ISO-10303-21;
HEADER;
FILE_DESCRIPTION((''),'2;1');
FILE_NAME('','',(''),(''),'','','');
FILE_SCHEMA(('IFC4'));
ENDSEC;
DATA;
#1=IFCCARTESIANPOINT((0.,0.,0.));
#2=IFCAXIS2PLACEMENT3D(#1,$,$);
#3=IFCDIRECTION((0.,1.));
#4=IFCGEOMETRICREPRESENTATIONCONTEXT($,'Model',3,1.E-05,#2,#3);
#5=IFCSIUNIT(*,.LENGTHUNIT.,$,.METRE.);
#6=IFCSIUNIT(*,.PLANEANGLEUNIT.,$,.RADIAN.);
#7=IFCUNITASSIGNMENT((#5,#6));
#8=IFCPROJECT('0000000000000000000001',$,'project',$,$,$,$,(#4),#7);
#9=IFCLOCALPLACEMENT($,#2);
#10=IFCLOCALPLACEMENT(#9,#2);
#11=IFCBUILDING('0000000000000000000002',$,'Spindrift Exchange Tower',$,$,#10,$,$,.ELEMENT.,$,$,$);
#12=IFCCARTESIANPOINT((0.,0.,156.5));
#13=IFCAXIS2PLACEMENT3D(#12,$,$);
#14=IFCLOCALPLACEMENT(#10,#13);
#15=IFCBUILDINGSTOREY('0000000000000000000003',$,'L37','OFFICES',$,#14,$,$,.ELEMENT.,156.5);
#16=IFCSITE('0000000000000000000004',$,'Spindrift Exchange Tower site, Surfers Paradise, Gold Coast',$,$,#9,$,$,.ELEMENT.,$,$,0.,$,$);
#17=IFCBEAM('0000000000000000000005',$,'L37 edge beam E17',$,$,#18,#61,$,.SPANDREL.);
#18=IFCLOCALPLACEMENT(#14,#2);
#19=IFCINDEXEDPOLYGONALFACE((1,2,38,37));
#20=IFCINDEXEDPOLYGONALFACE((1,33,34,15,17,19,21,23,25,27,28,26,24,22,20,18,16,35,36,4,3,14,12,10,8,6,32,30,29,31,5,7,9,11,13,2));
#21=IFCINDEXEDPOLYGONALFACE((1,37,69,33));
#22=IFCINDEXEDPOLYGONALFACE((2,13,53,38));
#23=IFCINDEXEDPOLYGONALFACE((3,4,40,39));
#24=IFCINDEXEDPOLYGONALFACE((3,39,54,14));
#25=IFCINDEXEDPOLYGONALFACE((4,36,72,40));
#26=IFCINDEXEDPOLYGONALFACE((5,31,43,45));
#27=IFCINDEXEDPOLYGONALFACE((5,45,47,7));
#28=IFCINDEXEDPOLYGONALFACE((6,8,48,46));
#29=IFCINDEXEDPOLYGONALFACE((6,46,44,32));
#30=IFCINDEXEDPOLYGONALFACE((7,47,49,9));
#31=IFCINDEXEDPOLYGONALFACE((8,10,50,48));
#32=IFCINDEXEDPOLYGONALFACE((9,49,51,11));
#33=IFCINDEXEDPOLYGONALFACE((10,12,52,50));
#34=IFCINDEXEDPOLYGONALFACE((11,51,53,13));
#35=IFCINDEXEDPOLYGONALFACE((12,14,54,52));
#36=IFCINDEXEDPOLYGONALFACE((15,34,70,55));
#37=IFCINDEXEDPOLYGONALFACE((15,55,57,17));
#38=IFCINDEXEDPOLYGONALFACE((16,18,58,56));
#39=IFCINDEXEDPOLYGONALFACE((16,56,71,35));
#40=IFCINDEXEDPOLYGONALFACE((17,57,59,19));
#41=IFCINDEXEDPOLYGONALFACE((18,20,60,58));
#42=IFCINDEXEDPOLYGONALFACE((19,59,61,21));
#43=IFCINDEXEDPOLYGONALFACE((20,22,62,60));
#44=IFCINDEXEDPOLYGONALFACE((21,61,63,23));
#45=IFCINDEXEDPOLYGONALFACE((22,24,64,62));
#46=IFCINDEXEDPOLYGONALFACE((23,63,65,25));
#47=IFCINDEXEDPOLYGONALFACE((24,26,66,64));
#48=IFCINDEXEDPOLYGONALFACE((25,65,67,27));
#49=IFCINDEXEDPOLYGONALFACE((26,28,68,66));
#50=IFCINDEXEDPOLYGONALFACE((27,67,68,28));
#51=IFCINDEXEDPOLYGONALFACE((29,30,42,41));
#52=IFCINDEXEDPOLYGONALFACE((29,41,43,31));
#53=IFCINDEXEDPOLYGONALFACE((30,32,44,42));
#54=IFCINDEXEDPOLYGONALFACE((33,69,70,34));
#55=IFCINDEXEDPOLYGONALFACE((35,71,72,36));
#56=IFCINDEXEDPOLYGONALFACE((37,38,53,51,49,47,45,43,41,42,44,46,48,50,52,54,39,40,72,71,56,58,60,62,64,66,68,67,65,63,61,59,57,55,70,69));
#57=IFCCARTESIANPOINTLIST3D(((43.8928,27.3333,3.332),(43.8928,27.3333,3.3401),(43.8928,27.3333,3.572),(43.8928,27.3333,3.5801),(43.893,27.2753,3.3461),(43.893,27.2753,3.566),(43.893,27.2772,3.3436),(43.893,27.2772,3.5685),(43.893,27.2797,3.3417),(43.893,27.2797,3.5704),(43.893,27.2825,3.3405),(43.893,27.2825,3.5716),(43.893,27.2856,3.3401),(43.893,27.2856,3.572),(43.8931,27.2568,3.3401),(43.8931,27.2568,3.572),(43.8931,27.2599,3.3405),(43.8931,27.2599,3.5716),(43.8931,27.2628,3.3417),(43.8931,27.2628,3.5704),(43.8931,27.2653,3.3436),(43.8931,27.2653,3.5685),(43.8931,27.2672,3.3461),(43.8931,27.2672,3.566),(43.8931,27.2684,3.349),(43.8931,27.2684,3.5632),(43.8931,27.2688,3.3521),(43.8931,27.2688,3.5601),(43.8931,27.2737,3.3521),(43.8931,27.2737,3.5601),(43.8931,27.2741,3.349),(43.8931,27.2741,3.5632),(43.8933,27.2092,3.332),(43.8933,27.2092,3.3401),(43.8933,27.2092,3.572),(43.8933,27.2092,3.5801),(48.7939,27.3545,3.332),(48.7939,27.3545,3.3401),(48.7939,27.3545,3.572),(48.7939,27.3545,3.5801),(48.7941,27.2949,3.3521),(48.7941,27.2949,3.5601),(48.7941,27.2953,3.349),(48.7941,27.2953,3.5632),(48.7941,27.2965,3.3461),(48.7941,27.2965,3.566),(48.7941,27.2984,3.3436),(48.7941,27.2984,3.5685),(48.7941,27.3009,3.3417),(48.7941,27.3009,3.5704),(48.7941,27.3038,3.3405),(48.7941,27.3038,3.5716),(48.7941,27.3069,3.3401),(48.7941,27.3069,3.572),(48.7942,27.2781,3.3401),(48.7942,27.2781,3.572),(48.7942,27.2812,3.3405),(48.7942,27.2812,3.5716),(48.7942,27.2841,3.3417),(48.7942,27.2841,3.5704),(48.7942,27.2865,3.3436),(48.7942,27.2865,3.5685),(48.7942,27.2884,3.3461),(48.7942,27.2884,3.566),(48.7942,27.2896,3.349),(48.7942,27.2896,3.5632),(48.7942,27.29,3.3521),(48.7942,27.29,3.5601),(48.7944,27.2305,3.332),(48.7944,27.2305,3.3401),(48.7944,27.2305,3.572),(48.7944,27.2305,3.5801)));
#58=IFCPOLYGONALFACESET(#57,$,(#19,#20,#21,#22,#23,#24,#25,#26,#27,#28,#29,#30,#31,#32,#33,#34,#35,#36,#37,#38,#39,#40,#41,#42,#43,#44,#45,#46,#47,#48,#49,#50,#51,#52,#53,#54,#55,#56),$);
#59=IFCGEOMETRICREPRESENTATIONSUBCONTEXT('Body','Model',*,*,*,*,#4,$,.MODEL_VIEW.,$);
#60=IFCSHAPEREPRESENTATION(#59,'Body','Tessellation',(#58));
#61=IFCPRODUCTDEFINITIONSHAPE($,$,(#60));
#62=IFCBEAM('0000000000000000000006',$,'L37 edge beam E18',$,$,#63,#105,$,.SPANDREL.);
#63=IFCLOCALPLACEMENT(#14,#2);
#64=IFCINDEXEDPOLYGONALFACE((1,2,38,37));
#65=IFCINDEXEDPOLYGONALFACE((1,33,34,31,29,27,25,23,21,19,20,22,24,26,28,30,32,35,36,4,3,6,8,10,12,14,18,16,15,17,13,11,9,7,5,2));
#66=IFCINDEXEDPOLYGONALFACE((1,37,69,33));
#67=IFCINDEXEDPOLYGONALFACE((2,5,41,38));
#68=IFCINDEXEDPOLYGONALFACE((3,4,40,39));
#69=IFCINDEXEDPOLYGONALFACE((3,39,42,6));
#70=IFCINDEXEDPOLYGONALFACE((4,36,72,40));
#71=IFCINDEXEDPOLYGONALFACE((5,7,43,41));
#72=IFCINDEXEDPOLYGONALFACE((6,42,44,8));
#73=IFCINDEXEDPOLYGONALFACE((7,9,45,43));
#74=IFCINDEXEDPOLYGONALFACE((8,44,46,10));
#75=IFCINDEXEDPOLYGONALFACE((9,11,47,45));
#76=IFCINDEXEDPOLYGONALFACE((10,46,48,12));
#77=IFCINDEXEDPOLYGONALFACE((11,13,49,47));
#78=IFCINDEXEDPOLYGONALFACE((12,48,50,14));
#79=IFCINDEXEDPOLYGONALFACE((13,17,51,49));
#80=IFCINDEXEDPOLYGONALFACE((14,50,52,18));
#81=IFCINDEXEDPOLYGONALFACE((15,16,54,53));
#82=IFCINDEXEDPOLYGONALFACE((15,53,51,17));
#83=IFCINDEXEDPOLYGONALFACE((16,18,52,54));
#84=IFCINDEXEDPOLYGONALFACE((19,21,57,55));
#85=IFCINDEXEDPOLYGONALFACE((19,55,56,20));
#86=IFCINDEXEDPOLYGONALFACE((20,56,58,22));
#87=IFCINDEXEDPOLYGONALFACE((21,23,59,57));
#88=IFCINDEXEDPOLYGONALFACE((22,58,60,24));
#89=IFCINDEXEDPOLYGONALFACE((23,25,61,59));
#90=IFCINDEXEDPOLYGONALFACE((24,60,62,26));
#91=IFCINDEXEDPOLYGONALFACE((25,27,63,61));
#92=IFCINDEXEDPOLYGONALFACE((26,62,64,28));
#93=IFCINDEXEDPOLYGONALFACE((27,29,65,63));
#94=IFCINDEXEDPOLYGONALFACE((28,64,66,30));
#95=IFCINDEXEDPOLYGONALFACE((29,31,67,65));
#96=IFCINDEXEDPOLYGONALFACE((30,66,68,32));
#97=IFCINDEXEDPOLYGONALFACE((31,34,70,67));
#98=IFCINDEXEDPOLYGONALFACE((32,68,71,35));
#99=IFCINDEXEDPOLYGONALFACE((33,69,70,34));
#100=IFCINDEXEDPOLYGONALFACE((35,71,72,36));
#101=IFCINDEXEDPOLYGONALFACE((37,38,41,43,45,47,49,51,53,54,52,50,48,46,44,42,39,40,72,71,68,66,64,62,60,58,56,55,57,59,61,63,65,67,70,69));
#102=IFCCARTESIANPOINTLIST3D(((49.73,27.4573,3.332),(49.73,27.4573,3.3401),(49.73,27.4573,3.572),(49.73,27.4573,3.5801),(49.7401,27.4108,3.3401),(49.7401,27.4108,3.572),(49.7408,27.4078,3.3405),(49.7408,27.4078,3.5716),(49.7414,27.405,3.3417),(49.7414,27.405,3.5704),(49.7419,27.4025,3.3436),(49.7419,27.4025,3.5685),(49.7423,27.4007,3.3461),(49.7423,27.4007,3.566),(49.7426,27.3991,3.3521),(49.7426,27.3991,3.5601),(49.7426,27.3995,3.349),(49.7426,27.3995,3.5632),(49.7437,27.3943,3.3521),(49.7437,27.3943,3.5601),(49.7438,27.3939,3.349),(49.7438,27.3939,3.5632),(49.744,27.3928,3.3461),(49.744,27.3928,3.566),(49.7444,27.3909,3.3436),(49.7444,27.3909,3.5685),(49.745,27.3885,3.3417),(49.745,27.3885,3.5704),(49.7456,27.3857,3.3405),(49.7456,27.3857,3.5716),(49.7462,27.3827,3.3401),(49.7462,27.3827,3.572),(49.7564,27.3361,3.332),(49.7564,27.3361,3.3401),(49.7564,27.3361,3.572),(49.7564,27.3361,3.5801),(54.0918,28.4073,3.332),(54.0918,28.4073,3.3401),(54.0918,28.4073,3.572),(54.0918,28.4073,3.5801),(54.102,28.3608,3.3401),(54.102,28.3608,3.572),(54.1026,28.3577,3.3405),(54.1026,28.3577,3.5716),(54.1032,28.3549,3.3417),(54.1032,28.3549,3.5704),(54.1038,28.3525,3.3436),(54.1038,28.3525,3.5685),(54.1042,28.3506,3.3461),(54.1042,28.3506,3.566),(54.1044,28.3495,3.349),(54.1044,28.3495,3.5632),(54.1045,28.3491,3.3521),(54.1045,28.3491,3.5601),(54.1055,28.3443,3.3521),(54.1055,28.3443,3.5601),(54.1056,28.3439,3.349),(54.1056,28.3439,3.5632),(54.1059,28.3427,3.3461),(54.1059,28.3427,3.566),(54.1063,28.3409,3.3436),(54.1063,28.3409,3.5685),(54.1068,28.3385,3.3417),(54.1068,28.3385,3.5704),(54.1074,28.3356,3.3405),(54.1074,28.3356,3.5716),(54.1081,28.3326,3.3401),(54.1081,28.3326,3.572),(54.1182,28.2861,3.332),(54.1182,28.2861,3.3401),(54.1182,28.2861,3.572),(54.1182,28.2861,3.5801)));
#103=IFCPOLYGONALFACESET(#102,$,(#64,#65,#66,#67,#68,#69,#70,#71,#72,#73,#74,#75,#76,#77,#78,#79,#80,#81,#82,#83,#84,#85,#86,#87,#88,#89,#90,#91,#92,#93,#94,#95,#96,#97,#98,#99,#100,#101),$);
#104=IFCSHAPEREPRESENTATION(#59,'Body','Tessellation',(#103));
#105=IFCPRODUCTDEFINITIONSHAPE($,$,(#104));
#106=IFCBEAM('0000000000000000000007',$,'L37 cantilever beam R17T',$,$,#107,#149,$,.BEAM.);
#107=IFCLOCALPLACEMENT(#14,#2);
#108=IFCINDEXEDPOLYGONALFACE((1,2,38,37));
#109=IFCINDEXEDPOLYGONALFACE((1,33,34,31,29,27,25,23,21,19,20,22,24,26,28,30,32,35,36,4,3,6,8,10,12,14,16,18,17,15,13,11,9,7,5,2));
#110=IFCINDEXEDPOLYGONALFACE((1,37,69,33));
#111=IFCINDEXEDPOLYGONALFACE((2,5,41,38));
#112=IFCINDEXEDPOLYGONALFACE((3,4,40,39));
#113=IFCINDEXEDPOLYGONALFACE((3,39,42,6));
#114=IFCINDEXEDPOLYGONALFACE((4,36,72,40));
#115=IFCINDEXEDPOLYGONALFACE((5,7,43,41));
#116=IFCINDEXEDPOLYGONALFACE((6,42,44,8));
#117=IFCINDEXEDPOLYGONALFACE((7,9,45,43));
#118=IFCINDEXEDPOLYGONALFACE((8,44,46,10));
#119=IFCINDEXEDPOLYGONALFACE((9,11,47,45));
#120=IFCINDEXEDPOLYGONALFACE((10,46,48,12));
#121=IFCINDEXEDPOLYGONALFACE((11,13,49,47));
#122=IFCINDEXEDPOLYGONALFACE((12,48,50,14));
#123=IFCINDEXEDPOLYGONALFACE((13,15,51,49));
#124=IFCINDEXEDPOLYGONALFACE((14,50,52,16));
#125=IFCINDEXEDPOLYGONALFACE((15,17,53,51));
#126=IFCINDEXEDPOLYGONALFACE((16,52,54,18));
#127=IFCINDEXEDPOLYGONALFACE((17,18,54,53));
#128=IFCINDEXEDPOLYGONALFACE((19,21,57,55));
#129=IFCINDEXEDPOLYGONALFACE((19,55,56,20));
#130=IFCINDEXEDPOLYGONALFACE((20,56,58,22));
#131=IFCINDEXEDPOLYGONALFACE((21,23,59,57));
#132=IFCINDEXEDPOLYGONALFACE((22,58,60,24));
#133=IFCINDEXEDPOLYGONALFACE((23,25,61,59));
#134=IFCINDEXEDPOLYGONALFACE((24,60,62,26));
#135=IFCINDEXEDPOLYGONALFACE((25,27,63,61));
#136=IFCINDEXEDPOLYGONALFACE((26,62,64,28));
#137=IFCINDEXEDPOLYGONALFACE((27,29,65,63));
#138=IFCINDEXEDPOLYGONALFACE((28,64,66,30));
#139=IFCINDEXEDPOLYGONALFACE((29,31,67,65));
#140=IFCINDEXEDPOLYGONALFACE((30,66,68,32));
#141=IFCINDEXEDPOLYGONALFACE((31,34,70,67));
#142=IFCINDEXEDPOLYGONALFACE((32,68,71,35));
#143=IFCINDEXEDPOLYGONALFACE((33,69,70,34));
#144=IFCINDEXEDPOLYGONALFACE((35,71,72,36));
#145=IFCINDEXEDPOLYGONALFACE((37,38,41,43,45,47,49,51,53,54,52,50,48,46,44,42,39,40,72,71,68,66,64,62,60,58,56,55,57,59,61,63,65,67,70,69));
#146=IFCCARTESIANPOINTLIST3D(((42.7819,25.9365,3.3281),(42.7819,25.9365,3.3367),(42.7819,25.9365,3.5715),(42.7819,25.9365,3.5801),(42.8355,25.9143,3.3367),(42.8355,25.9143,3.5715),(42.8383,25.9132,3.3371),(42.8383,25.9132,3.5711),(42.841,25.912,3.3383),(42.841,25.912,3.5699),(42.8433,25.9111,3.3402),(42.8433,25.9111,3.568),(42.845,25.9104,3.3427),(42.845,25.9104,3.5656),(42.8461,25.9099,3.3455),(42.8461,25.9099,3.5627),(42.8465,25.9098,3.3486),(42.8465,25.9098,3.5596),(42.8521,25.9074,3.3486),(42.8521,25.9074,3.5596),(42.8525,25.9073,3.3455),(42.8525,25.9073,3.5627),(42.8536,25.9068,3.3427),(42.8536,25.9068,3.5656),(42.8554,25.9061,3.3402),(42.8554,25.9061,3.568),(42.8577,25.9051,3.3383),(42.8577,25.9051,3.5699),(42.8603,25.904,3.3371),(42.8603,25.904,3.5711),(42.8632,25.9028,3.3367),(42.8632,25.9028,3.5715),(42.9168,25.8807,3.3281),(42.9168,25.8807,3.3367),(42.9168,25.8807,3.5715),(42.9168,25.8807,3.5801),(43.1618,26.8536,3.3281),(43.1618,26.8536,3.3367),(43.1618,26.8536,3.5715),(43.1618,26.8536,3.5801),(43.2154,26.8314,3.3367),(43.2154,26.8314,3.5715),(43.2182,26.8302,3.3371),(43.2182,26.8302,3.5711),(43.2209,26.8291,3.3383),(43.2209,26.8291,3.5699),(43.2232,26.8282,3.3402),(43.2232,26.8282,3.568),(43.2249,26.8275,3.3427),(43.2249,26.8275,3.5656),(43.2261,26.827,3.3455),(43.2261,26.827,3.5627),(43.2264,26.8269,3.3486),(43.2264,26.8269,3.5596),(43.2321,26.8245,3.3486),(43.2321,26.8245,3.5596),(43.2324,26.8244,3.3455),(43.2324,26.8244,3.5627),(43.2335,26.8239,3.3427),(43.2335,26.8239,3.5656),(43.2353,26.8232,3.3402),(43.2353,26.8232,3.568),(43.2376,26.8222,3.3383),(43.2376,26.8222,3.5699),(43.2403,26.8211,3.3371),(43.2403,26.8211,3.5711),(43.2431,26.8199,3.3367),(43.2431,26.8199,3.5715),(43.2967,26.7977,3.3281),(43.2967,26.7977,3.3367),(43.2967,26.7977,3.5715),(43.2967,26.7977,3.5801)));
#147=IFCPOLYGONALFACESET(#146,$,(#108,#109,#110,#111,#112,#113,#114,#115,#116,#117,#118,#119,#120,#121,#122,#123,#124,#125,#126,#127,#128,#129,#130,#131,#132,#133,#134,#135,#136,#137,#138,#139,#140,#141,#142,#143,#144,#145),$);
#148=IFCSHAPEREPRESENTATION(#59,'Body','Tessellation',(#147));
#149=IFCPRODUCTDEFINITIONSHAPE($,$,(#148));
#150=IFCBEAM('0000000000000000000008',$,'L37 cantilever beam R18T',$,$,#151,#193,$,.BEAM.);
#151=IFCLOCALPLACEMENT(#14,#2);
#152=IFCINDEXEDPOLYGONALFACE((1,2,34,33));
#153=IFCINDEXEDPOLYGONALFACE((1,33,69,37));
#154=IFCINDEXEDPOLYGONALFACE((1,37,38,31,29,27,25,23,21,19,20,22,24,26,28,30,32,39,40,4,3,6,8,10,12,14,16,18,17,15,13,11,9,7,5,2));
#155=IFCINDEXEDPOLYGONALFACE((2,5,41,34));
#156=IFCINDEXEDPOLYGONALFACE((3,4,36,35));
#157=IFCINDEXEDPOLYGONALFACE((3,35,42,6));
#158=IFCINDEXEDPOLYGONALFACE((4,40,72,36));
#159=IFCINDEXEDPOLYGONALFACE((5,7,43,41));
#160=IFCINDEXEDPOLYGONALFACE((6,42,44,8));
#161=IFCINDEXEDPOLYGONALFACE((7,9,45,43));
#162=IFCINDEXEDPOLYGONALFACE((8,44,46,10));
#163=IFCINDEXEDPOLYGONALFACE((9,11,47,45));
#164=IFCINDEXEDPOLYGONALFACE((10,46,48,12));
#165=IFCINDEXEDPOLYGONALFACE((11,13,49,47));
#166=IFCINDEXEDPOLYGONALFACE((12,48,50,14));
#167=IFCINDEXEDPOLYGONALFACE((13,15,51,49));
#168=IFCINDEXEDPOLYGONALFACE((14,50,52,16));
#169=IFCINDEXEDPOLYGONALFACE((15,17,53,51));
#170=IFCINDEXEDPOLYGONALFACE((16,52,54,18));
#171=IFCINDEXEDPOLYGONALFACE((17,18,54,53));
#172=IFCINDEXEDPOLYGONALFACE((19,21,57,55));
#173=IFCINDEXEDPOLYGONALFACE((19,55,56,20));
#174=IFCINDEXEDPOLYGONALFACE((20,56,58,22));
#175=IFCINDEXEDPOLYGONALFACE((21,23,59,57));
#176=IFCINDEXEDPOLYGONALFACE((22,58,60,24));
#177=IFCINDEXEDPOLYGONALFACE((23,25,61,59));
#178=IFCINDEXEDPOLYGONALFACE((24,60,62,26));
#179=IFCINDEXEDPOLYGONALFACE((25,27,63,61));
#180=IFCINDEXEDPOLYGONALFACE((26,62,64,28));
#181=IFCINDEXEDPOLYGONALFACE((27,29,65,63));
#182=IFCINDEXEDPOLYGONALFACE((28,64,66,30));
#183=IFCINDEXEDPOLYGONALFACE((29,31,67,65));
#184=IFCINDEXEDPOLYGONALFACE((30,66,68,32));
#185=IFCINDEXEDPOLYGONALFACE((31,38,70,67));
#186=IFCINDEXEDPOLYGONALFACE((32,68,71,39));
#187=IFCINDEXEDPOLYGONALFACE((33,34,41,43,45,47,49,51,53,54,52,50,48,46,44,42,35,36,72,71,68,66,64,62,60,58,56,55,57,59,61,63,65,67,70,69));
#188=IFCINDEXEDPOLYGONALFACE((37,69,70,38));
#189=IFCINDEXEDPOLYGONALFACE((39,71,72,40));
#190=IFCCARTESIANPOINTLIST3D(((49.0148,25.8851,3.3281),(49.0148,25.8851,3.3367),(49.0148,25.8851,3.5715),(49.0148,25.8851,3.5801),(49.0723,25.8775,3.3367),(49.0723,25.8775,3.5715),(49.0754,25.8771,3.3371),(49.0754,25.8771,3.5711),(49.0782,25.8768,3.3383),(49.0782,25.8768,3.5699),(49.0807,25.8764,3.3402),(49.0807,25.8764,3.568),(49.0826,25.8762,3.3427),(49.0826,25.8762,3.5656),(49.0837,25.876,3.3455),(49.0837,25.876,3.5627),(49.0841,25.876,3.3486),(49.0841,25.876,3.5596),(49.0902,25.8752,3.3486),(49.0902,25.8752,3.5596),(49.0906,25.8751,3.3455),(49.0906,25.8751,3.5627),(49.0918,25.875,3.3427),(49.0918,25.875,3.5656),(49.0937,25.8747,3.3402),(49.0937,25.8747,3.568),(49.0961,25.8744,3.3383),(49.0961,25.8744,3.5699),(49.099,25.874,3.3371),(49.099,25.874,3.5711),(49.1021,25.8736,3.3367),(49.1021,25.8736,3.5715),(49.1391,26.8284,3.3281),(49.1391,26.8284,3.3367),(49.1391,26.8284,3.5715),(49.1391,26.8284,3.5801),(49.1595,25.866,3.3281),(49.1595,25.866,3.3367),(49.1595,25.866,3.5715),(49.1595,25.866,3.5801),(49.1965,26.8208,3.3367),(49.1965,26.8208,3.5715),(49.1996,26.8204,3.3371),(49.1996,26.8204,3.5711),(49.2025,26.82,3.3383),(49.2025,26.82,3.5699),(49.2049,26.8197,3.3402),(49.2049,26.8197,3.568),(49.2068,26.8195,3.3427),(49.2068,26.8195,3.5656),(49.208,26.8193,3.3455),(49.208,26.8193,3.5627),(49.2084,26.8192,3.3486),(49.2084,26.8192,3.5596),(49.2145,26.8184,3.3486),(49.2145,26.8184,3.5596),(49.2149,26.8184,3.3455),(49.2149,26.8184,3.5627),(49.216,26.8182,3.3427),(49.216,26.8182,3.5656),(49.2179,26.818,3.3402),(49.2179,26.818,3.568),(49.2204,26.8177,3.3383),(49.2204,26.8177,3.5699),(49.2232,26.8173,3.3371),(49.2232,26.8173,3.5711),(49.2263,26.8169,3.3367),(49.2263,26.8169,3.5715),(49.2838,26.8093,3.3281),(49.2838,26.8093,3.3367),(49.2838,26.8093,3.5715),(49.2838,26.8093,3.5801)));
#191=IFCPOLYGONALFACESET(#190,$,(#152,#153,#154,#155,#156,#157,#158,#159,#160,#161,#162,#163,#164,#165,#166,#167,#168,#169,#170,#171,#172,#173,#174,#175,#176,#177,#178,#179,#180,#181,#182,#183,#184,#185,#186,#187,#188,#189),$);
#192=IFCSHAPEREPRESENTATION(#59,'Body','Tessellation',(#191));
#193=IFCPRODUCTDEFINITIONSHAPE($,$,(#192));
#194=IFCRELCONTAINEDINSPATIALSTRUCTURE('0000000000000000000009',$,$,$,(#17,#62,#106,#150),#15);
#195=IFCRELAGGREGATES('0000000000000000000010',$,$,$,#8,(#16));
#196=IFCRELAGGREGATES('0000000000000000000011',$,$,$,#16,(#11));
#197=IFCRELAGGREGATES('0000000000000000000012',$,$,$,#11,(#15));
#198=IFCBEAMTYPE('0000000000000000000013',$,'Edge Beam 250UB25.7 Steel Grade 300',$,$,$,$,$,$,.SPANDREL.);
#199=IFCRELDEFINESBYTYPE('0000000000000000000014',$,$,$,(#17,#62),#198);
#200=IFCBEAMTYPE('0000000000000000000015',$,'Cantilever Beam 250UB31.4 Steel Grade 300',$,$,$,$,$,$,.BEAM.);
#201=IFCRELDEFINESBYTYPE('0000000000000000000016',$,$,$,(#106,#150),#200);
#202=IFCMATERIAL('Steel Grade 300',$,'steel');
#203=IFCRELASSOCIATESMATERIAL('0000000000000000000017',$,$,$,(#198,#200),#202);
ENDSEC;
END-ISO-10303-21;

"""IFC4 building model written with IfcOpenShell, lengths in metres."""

from ifc_helpers import new_model, si_unit, direction, frame, origin, origin_2d, place, context, subcontext, project, spatial, i_section, extrude, source, transform, mapped, material, material_profile, profile_set, type_object, element, save


model = new_model("IFC4")

# Units and contexts
model_context = context("Model", 3, precision=1e-05, world=origin(), true_north=direction((0.0, 1.0)))
body_context = subcontext(model_context, "Body", "Model", "MODEL_VIEW")
ifc_project = project(units=[si_unit("LENGTHUNIT", "METRE"), si_unit("PLANEANGLEUNIT", "RADIAN")], contexts=[model_context])

# Site, building, storey
site_placement = place(None, origin())
site = spatial("IfcSite", under=ifc_project, at=site_placement, Name="Spindrift Exchange Tower site, Surfers Paradise, Gold Coast", CompositionType="ELEMENT", RefElevation=0.0)
building_placement = place(site_placement, origin())
building = spatial("IfcBuilding", under=site, at=building_placement, Name="Spindrift Exchange Tower", CompositionType="ELEMENT")
storey_placement = place(building_placement, frame((0.0, 0.0, 156.5)))
storey = spatial("IfcBuildingStorey", under=building, at=storey_placement, Name="L37", Description="OFFICES", CompositionType="ELEMENT", Elevation=156.5)

# Beams
ifc_material_1 = material(Name="Steel Grade 300", Category="steel")
ifc_material_profile_1 = material_profile(ifc_material_1, i_section(OverallWidth=0.124, OverallDepth=0.248, WebThickness=0.0049, FlangeThickness=0.0081, FilletRadius=0.012, at=origin_2d()), Name="250UB25.7")
ifc_profile_set_1 = profile_set([ifc_material_profile_1], Name="Steel Grade 300")
beam_type_1 = type_object("IfcBeamType", Name="Edge Beam 250UB25.7 Steel Grade 300", PredefinedType="SPANDREL", material=ifc_profile_set_1)
shared_shape_1 = source(origin(), body_context, "Body", "SweptSolid", [
    extrude(i_section(OverallWidth=0.124, OverallDepth=0.248, WebThickness=0.0049, FlangeThickness=0.0081, FilletRadius=0.012, at=origin_2d()), origin(), (0.0, 0.0, 1.0), 4.9011),
])
beam_1_placement = place(storey_placement, frame((43.8931, 27.2712, 3.4561), z_axis=(0.999991, 0.004334, 0.0), x_axis=(-0.004334, 0.999991, 0.0)))
element("IfcBeam", 1, at=beam_1_placement, inside=storey, type_object=beam_type_1, Name="L37 edge beam E17", PredefinedType="SPANDREL", context=body_context, shape_type="MappedRepresentation", body=[
    mapped(shared_shape_1, transform((0.0, 0.0, 0.0), scale=1.0)),
])
shared_shape_2 = source(origin(), body_context, "Body", "SweptSolid", [
    extrude(i_section(OverallWidth=0.124, OverallDepth=0.248, WebThickness=0.0049, FlangeThickness=0.0081, FilletRadius=0.012, at=origin_2d()), origin(), (0.0, 0.0, 1.0), 4.4641),
])
beam_2_placement = place(storey_placement, frame((49.7432, 27.3967, 3.4561), z_axis=(0.977096, 0.2128, 0.0), x_axis=(-0.2128, 0.977096, 0.0)))
element("IfcBeam", 2, at=beam_2_placement, inside=storey, type_object=beam_type_1, Name="L37 edge beam E18", PredefinedType="SPANDREL", context=body_context, shape_type="MappedRepresentation", body=[
    mapped(shared_shape_2, transform((0.0, 0.0, 0.0), scale=1.0)),
])
ifc_material_profile_2 = material_profile(ifc_material_1, i_section(OverallWidth=0.146, OverallDepth=0.252, WebThickness=0.0061, FlangeThickness=0.0085, FilletRadius=0.012, at=origin_2d()), Name="250UB31.4")
ifc_profile_set_2 = profile_set([ifc_material_profile_2], Name="Steel Grade 300")
beam_type_2 = type_object("IfcBeamType", Name="Cantilever Beam 250UB31.4 Steel Grade 300", PredefinedType="BEAM", material=ifc_profile_set_2)
shared_shape_3 = source(origin(), body_context, "Body", "SweptSolid", [
    extrude(i_section(OverallWidth=0.146, OverallDepth=0.252, WebThickness=0.0061, FlangeThickness=0.0085, FilletRadius=0.012, at=origin_2d()), origin(), (0.0, 0.0, 1.0), 0.9927),
])
beam_3_placement = place(storey_placement, frame((43.2292, 26.8257, 3.4541), z_axis=(-0.382728, -0.923861, 0.0), x_axis=(0.923861, -0.382728, 0.0)))
element("IfcBeam", 3, at=beam_3_placement, inside=storey, type_object=beam_type_2, Name="L37 cantilever beam R17T", PredefinedType="BEAM", context=body_context, shape_type="MappedRepresentation", body=[
    mapped(shared_shape_3, transform((0.0, 0.0, 0.0), scale=1.0)),
])
shared_shape_4 = source(origin(), body_context, "Body", "SweptSolid", [
    extrude(i_section(OverallWidth=0.146, OverallDepth=0.252, WebThickness=0.0061, FlangeThickness=0.0085, FilletRadius=0.012, at=origin_2d()), origin(), (0.0, 0.0, 1.0), 0.9514),
])
beam_4_placement = place(storey_placement, frame((49.2114, 26.8188, 3.4541), z_axis=(-0.130601, -0.991435, 0.0), x_axis=(0.991435, -0.130601, 0.0)))
element("IfcBeam", 4, at=beam_4_placement, inside=storey, type_object=beam_type_2, Name="L37 cantilever beam R18T", PredefinedType="BEAM", context=body_context, shape_type="MappedRepresentation", body=[
    mapped(shared_shape_4, transform((0.0, 0.0, 0.0), scale=1.0)),
])

save(model, "model.ifc")
